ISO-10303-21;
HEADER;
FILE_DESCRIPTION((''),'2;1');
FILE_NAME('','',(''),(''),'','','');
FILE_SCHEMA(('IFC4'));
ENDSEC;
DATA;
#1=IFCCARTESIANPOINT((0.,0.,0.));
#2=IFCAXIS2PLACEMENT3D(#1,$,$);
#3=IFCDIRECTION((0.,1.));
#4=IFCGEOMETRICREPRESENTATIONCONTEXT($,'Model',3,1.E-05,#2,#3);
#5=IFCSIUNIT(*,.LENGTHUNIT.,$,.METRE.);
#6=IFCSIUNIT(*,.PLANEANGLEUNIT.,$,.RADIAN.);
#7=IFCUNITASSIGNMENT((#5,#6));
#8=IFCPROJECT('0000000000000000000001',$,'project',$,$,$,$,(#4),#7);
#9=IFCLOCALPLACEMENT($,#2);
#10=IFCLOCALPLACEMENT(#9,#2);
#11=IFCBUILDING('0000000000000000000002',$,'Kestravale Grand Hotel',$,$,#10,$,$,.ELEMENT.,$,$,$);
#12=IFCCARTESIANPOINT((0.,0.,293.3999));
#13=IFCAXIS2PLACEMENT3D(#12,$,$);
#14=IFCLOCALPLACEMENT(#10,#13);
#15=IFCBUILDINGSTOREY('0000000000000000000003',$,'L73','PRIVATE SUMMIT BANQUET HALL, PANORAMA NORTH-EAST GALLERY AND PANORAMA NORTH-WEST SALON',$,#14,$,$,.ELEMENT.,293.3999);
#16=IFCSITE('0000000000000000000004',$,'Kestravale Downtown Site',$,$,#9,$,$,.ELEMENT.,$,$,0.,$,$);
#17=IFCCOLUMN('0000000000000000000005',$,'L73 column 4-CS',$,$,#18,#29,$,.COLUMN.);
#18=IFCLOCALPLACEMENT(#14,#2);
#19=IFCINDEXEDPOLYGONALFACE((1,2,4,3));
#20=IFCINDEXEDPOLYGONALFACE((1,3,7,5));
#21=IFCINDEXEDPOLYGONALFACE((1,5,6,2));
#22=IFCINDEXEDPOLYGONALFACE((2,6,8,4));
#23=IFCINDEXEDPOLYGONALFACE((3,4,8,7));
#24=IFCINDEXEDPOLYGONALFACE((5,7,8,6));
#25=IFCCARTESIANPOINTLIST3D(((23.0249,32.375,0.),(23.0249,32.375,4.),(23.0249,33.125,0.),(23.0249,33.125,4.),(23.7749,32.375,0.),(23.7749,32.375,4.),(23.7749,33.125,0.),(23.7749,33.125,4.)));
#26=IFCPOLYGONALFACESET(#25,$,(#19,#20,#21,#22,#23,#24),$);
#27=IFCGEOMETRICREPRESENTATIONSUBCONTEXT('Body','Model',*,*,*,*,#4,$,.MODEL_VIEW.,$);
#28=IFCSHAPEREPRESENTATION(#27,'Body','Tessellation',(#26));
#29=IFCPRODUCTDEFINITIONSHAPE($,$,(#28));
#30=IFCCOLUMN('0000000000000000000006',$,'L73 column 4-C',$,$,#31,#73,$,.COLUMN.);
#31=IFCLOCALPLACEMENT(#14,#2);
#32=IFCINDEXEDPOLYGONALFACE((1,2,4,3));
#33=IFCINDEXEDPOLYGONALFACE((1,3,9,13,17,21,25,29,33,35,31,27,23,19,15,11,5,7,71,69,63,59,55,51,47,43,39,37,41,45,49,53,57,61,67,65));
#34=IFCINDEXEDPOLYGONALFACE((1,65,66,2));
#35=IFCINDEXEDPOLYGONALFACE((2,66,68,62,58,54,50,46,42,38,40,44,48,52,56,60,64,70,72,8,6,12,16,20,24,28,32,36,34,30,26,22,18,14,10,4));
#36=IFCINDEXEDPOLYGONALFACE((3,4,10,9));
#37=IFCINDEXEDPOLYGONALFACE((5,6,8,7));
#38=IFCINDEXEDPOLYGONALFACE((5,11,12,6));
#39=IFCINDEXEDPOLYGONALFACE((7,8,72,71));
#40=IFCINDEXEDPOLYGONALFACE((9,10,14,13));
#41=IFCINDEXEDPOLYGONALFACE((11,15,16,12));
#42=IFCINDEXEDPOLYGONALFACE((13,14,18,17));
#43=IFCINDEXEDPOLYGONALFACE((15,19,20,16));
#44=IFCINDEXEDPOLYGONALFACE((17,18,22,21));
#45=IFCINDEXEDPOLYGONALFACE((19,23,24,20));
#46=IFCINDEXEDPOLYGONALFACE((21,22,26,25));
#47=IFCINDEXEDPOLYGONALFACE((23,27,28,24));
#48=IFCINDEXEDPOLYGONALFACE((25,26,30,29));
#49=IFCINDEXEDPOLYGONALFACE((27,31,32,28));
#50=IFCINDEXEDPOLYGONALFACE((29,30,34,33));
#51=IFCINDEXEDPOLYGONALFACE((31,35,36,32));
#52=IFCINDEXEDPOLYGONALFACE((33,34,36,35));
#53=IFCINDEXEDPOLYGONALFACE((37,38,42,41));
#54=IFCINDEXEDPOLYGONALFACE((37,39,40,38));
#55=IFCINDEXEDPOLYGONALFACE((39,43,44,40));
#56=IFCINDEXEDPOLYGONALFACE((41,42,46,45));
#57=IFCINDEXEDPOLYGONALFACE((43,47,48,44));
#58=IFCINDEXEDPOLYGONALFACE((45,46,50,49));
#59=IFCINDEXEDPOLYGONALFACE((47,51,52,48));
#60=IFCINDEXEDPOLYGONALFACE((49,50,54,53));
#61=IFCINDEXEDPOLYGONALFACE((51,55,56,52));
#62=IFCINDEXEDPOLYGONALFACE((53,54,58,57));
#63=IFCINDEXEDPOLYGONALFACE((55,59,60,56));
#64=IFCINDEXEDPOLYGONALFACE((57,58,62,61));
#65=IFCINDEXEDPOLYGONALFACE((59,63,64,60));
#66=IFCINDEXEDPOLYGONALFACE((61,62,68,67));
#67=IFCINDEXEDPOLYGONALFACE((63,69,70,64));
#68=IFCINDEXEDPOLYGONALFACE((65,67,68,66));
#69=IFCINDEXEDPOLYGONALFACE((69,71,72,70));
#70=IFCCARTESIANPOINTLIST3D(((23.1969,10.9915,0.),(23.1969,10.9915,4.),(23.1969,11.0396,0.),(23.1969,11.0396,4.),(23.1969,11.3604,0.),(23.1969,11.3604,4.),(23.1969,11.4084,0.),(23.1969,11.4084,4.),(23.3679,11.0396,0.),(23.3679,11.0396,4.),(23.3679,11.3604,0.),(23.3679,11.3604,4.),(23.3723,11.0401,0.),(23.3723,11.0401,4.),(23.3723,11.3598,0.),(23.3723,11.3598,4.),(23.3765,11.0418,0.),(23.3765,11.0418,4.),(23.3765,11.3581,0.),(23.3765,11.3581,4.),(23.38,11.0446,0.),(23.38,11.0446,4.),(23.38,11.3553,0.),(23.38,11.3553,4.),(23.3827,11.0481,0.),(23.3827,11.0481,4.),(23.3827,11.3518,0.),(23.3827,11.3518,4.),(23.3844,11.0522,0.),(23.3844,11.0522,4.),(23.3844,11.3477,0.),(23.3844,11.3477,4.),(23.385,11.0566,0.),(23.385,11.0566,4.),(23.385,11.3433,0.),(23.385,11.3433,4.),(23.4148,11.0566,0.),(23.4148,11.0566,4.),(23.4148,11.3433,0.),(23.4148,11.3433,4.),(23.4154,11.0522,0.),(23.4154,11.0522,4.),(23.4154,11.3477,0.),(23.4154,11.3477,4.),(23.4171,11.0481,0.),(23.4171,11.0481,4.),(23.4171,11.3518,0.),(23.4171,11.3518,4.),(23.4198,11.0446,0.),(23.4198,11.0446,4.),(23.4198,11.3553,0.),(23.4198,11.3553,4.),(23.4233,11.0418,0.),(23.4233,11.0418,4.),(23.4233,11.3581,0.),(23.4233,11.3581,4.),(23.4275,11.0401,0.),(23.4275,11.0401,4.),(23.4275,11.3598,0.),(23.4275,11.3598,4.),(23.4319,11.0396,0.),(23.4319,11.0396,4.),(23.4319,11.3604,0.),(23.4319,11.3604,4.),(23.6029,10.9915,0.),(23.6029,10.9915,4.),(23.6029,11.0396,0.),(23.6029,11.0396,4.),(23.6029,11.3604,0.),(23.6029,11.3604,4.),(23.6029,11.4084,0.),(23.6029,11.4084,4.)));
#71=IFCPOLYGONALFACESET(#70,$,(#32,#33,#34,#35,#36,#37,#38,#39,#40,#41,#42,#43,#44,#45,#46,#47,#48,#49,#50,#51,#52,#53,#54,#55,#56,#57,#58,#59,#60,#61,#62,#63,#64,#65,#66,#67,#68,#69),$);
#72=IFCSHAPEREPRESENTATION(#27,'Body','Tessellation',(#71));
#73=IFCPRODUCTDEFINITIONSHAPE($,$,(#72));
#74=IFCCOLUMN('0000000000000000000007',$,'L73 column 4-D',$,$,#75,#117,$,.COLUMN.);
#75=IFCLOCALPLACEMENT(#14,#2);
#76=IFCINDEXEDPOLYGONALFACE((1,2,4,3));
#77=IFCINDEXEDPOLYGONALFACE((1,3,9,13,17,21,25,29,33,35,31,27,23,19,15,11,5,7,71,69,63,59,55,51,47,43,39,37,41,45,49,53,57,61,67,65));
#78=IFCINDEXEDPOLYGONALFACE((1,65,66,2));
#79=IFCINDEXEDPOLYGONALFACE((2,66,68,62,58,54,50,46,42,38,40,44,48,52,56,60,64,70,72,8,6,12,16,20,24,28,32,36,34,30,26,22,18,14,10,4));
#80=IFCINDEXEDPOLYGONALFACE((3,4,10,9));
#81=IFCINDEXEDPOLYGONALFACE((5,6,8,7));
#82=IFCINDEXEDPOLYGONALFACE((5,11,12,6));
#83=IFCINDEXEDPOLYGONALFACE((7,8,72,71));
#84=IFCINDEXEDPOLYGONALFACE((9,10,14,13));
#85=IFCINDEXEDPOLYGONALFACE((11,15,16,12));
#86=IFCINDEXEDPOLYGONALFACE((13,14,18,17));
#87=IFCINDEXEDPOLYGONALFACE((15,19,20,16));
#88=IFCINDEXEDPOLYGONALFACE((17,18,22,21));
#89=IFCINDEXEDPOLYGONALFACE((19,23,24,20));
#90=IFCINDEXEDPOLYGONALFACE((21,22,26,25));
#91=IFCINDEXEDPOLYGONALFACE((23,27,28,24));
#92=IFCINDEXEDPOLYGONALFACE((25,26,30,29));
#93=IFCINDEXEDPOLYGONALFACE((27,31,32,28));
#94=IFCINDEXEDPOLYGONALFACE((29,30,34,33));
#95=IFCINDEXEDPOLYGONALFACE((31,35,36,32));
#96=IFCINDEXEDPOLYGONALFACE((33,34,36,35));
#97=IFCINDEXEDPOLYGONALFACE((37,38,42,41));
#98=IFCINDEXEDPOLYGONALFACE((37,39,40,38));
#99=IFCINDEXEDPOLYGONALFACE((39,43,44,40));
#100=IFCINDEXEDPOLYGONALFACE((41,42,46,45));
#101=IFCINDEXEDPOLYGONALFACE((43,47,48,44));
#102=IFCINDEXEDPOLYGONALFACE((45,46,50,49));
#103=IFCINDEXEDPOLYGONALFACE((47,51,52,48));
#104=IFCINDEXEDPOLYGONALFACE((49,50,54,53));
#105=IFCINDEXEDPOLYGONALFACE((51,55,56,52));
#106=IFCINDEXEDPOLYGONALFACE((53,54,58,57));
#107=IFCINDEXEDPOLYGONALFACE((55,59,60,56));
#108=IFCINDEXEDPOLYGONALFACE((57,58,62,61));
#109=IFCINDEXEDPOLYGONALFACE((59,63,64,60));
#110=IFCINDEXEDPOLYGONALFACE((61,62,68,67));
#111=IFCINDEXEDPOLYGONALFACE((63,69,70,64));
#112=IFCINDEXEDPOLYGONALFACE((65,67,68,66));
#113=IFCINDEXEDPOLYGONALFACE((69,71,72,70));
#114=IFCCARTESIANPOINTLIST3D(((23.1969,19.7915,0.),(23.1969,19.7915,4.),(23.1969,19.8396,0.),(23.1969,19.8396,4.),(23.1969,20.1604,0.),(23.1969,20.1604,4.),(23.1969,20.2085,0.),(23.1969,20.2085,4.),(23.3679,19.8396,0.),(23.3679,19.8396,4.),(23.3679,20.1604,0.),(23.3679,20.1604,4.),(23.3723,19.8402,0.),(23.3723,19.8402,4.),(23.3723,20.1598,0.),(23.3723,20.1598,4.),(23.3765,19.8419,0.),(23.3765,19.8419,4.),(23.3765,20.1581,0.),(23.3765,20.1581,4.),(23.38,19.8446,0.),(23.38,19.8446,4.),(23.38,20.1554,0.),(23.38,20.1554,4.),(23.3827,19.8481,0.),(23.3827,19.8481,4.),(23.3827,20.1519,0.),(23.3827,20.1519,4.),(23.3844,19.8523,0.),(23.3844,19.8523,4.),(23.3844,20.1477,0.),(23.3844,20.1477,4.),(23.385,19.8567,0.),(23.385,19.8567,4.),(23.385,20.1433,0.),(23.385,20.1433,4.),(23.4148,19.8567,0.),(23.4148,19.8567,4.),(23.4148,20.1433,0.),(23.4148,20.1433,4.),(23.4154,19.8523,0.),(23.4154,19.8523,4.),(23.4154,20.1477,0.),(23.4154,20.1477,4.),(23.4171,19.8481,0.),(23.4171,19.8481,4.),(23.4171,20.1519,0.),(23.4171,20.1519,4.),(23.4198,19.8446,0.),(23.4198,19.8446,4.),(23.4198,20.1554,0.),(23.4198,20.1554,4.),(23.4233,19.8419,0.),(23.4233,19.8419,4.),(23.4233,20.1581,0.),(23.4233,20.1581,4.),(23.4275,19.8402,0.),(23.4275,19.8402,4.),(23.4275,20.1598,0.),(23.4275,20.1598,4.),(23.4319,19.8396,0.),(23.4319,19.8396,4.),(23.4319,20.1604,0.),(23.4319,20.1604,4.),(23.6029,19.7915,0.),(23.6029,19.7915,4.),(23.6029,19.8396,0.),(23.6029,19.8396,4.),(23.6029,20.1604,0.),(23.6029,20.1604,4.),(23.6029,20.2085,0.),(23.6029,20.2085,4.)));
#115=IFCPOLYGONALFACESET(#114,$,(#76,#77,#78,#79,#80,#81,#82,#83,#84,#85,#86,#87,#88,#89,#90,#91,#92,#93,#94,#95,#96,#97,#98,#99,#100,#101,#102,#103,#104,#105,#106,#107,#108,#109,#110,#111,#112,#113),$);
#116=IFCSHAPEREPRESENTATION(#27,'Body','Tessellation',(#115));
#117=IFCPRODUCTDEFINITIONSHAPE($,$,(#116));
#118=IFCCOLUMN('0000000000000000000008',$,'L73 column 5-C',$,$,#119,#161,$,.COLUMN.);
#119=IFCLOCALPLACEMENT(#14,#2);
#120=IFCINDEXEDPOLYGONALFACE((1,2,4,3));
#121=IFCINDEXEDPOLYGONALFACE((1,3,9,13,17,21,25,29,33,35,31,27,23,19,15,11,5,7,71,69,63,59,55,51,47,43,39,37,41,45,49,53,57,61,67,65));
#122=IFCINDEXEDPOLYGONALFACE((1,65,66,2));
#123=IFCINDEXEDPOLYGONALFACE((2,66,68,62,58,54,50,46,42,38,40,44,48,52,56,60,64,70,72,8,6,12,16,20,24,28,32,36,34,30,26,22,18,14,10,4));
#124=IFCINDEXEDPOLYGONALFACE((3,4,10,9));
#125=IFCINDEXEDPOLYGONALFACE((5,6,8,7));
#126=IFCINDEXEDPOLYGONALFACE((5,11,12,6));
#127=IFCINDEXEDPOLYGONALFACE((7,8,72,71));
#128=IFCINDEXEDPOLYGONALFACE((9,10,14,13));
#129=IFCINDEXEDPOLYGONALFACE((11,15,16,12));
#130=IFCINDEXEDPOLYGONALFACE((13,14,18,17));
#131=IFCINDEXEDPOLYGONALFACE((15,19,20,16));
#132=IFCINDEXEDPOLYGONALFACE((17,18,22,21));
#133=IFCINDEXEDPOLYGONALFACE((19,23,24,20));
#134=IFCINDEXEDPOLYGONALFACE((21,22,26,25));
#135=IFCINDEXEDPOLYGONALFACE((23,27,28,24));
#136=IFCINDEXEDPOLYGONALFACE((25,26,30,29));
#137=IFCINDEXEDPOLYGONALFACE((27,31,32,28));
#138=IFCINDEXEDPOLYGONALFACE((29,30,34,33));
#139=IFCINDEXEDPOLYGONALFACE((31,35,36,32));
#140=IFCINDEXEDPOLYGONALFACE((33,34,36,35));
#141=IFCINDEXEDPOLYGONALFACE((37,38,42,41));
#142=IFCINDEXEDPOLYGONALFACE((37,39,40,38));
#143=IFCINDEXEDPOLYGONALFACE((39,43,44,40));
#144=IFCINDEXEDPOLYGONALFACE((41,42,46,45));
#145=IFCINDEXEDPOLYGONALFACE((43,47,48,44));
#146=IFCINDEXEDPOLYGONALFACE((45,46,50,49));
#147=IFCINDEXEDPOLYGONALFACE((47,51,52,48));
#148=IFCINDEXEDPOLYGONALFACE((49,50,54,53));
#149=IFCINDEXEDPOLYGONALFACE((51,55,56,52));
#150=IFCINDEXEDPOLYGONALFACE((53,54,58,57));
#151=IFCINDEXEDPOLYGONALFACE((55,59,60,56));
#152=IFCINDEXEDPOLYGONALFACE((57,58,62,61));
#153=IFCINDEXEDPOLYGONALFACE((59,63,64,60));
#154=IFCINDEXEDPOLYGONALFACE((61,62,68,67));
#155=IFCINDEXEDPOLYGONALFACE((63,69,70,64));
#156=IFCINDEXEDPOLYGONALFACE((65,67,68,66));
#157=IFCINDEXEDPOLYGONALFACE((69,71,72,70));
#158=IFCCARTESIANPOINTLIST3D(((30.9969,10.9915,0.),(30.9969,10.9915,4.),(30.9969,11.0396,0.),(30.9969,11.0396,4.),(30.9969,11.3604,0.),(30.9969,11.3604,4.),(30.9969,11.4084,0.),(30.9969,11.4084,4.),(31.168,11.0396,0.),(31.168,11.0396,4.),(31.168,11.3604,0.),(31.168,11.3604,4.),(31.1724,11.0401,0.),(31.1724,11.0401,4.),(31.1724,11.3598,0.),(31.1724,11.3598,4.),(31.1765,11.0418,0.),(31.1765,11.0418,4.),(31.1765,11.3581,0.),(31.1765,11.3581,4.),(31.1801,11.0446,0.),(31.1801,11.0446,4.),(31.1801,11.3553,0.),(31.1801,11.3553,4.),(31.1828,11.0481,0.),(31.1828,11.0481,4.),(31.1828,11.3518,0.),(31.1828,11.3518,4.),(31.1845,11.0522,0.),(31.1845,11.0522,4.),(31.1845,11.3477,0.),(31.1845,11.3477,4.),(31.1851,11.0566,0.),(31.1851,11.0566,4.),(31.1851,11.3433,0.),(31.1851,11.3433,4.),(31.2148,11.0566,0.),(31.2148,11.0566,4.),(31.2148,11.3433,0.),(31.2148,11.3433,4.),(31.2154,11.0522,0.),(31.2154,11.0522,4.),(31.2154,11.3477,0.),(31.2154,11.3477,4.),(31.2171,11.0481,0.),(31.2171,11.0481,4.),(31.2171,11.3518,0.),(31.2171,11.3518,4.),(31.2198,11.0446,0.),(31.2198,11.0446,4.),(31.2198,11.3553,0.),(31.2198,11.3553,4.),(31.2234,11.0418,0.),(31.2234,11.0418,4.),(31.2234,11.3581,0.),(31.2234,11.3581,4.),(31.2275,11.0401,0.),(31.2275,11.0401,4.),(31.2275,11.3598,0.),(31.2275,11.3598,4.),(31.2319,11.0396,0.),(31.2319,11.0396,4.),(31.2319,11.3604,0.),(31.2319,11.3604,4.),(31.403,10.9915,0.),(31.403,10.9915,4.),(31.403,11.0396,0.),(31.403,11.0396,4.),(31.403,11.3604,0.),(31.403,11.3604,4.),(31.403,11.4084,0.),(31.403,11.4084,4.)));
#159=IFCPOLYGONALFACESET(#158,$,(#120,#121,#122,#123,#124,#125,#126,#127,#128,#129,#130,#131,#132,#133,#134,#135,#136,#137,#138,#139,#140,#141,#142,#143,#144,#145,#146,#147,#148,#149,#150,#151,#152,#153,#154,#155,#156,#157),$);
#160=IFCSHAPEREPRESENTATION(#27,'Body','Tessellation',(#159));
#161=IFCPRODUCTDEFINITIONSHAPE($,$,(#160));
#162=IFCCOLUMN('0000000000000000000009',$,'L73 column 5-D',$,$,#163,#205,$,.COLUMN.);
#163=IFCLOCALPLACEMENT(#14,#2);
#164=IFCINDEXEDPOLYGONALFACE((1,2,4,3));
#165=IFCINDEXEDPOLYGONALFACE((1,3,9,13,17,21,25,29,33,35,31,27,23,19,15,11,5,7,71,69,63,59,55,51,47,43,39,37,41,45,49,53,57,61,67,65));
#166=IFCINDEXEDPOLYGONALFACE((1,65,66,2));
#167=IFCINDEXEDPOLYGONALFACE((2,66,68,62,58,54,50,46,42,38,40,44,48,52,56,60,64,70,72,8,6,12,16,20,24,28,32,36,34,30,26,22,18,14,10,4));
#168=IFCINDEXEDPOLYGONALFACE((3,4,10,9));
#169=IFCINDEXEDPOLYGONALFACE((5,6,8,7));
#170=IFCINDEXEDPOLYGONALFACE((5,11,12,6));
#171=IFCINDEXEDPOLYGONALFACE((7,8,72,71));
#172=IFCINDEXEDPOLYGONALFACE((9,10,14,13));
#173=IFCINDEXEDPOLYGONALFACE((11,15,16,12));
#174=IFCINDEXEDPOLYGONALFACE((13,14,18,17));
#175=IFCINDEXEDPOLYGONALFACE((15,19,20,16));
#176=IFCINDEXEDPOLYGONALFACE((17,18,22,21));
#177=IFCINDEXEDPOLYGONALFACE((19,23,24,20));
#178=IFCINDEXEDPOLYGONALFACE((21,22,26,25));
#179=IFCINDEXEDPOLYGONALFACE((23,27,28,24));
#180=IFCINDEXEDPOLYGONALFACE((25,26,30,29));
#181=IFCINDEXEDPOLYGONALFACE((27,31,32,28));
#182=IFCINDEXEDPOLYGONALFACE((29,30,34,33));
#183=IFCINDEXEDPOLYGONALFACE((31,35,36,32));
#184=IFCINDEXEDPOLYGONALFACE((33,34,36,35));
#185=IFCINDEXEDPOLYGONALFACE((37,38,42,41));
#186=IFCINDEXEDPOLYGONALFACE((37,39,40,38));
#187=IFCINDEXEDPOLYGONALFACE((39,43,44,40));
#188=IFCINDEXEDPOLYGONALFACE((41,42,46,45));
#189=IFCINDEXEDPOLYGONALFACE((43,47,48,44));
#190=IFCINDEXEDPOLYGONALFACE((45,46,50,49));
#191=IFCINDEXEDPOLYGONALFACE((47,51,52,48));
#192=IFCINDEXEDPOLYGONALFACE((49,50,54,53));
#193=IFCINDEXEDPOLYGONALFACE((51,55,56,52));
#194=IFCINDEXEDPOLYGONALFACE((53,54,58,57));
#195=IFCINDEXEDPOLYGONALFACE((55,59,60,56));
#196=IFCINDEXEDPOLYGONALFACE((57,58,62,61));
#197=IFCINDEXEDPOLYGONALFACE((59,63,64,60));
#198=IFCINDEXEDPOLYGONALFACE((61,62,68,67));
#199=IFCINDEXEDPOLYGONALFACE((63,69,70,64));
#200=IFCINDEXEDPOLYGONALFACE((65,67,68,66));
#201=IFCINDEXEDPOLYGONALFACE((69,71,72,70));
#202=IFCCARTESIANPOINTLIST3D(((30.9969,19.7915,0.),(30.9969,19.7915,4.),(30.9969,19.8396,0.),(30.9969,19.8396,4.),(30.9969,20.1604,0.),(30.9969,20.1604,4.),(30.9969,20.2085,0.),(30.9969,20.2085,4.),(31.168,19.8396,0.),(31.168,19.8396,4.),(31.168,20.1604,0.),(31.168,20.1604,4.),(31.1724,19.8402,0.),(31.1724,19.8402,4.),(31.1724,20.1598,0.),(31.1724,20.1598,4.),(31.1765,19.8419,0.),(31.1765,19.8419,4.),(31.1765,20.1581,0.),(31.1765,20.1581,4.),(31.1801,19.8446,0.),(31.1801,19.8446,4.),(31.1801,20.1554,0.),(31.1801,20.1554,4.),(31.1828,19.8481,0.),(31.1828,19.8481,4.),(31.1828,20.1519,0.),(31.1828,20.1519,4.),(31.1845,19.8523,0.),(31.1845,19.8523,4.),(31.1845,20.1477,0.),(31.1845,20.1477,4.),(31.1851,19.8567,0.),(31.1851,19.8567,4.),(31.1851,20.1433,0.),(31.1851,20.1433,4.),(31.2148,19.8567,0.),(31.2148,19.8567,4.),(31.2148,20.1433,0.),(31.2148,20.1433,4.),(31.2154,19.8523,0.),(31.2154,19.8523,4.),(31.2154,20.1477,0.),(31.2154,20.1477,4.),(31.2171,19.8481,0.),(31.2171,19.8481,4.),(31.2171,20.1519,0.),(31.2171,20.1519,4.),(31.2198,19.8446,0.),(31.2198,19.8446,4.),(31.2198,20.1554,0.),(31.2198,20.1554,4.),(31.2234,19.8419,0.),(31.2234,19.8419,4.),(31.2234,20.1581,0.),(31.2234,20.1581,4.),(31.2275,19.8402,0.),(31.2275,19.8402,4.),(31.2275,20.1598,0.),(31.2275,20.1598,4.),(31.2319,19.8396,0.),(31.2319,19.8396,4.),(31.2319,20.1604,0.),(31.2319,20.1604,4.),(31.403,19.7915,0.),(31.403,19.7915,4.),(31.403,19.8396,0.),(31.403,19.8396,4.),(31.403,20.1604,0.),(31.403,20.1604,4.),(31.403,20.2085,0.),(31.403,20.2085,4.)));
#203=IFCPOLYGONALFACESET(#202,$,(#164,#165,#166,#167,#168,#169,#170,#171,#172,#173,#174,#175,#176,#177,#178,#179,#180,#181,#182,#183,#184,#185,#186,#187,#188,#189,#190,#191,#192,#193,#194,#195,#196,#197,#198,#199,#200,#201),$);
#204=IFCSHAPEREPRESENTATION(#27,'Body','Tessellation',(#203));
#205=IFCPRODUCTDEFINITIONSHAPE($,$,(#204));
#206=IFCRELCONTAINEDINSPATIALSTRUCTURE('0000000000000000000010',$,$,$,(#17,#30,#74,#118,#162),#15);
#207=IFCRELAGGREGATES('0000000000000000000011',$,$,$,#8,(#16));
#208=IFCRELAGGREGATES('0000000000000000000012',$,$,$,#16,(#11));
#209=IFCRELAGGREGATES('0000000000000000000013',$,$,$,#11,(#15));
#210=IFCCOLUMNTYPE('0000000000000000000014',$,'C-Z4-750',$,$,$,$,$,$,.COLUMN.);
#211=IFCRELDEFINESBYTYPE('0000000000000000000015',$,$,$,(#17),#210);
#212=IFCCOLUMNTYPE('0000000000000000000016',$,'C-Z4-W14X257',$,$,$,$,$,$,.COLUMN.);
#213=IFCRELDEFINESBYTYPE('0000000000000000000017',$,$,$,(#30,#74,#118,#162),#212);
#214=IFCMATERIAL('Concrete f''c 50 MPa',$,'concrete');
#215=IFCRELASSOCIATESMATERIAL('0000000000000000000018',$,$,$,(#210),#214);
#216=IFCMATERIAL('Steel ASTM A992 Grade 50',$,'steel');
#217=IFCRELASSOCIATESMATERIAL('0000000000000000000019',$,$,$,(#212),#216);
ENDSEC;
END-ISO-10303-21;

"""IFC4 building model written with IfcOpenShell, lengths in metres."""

from ifc_helpers import new_model, si_unit, direction, frame, origin, origin_2d, place, context, subcontext, project, spatial, rectangle, i_section, extrude, material, material_profile, profile_set, type_object, element, save


model = new_model("IFC4")

# Units and contexts
model_context = context("Model", 3, precision=1e-05, world=origin(), true_north=direction((0.0, 1.0)))
body_context = subcontext(model_context, "Body", "Model", "MODEL_VIEW")
ifc_project = project(units=[si_unit("LENGTHUNIT", "METRE"), si_unit("PLANEANGLEUNIT", "RADIAN")], contexts=[model_context])

# Site, building, storey
site_placement = place(None, origin())
site = spatial("IfcSite", under=ifc_project, at=site_placement, Name="Kestravale Downtown Site", CompositionType="ELEMENT", RefElevation=0.0)
building_placement = place(site_placement, origin())
building = spatial("IfcBuilding", under=site, at=building_placement, Name="Kestravale Grand Hotel", CompositionType="ELEMENT")
storey_placement = place(building_placement, frame((0.0, 0.0, 293.3999)))
storey = spatial("IfcBuildingStorey", under=building, at=storey_placement, Name="L73", Description="PRIVATE SUMMIT BANQUET HALL, PANORAMA NORTH-EAST GALLERY AND PANORAMA NORTH-WEST SALON", CompositionType="ELEMENT", Elevation=293.3999)

# Columns
ifc_material_1 = material(Name="Concrete f'c 50 MPa", Category="concrete")
ifc_material_profile_1 = material_profile(ifc_material_1, rectangle(XDim=0.75, YDim=0.75, at=origin_2d()))
ifc_profile_set_1 = profile_set([ifc_material_profile_1], Name="Concrete f'c 50 MPa")
column_type_1 = type_object("IfcColumnType", Name="C-Z4-750", PredefinedType="COLUMN", material=ifc_profile_set_1)
column_placement = place(storey_placement, frame((23.3999, 32.75, 0.0), z_axis=(0.0, 0.0, 1.0), x_axis=(1.0, 0.0, 0.0)))
element("IfcColumn", 1, at=column_placement, inside=storey, type_object=column_type_1, Name="L73 column 4-CS", PredefinedType="COLUMN", context=body_context, shape_type="SweptSolid", body=[
    extrude(rectangle(XDim=0.75, YDim=0.75, at=origin_2d()), origin(), (0.0, 0.0, 1.0), 4.0),
])
ifc_material_2 = material(Name="Steel ASTM A992 Grade 50", Category="steel")
ifc_material_profile_2 = material_profile(ifc_material_2, i_section(OverallWidth=0.406, OverallDepth=0.417, WebThickness=0.0298, FlangeThickness=0.0481, FilletRadius=0.0171, at=origin_2d()))
ifc_profile_set_2 = profile_set([ifc_material_profile_2], Name="Steel ASTM A992 Grade 50")
column_type_2 = type_object("IfcColumnType", Name="C-Z4-W14X257", PredefinedType="COLUMN", material=ifc_profile_set_2)
for number, where, z_axis, x_axis, name in (
    (2, (23.3999, 11.2, 0.0), (0.0, 0.0, 1.0), (1.0, 0.0, 0.0), "L73 column 4-C"),
    (3, (23.3999, 20.0, 0.0), (0.0, 0.0, 1.0), (1.0, 0.0, 0.0), "L73 column 4-D"),
    (4, (31.2, 11.2, 0.0), (0.0, 0.0, 1.0), (1.0, 0.0, 0.0), "L73 column 5-C"),
    (5, (31.2, 20.0, 0.0), (0.0, 0.0, 1.0), (1.0, 0.0, 0.0), "L73 column 5-D"),
):
    element("IfcColumn", number, at=place(storey_placement, frame(where, z_axis=z_axis, x_axis=x_axis)), inside=storey, type_object=column_type_2, Name=name, PredefinedType="COLUMN", context=body_context, shape_type="SweptSolid", body=[
        extrude(i_section(OverallWidth=0.406, OverallDepth=0.417, WebThickness=0.0298, FlangeThickness=0.0481, FilletRadius=0.0171, at=origin_2d()), origin(), (0.0, 0.0, 1.0), 4.0),
    ])

save(model, "model.ifc")
